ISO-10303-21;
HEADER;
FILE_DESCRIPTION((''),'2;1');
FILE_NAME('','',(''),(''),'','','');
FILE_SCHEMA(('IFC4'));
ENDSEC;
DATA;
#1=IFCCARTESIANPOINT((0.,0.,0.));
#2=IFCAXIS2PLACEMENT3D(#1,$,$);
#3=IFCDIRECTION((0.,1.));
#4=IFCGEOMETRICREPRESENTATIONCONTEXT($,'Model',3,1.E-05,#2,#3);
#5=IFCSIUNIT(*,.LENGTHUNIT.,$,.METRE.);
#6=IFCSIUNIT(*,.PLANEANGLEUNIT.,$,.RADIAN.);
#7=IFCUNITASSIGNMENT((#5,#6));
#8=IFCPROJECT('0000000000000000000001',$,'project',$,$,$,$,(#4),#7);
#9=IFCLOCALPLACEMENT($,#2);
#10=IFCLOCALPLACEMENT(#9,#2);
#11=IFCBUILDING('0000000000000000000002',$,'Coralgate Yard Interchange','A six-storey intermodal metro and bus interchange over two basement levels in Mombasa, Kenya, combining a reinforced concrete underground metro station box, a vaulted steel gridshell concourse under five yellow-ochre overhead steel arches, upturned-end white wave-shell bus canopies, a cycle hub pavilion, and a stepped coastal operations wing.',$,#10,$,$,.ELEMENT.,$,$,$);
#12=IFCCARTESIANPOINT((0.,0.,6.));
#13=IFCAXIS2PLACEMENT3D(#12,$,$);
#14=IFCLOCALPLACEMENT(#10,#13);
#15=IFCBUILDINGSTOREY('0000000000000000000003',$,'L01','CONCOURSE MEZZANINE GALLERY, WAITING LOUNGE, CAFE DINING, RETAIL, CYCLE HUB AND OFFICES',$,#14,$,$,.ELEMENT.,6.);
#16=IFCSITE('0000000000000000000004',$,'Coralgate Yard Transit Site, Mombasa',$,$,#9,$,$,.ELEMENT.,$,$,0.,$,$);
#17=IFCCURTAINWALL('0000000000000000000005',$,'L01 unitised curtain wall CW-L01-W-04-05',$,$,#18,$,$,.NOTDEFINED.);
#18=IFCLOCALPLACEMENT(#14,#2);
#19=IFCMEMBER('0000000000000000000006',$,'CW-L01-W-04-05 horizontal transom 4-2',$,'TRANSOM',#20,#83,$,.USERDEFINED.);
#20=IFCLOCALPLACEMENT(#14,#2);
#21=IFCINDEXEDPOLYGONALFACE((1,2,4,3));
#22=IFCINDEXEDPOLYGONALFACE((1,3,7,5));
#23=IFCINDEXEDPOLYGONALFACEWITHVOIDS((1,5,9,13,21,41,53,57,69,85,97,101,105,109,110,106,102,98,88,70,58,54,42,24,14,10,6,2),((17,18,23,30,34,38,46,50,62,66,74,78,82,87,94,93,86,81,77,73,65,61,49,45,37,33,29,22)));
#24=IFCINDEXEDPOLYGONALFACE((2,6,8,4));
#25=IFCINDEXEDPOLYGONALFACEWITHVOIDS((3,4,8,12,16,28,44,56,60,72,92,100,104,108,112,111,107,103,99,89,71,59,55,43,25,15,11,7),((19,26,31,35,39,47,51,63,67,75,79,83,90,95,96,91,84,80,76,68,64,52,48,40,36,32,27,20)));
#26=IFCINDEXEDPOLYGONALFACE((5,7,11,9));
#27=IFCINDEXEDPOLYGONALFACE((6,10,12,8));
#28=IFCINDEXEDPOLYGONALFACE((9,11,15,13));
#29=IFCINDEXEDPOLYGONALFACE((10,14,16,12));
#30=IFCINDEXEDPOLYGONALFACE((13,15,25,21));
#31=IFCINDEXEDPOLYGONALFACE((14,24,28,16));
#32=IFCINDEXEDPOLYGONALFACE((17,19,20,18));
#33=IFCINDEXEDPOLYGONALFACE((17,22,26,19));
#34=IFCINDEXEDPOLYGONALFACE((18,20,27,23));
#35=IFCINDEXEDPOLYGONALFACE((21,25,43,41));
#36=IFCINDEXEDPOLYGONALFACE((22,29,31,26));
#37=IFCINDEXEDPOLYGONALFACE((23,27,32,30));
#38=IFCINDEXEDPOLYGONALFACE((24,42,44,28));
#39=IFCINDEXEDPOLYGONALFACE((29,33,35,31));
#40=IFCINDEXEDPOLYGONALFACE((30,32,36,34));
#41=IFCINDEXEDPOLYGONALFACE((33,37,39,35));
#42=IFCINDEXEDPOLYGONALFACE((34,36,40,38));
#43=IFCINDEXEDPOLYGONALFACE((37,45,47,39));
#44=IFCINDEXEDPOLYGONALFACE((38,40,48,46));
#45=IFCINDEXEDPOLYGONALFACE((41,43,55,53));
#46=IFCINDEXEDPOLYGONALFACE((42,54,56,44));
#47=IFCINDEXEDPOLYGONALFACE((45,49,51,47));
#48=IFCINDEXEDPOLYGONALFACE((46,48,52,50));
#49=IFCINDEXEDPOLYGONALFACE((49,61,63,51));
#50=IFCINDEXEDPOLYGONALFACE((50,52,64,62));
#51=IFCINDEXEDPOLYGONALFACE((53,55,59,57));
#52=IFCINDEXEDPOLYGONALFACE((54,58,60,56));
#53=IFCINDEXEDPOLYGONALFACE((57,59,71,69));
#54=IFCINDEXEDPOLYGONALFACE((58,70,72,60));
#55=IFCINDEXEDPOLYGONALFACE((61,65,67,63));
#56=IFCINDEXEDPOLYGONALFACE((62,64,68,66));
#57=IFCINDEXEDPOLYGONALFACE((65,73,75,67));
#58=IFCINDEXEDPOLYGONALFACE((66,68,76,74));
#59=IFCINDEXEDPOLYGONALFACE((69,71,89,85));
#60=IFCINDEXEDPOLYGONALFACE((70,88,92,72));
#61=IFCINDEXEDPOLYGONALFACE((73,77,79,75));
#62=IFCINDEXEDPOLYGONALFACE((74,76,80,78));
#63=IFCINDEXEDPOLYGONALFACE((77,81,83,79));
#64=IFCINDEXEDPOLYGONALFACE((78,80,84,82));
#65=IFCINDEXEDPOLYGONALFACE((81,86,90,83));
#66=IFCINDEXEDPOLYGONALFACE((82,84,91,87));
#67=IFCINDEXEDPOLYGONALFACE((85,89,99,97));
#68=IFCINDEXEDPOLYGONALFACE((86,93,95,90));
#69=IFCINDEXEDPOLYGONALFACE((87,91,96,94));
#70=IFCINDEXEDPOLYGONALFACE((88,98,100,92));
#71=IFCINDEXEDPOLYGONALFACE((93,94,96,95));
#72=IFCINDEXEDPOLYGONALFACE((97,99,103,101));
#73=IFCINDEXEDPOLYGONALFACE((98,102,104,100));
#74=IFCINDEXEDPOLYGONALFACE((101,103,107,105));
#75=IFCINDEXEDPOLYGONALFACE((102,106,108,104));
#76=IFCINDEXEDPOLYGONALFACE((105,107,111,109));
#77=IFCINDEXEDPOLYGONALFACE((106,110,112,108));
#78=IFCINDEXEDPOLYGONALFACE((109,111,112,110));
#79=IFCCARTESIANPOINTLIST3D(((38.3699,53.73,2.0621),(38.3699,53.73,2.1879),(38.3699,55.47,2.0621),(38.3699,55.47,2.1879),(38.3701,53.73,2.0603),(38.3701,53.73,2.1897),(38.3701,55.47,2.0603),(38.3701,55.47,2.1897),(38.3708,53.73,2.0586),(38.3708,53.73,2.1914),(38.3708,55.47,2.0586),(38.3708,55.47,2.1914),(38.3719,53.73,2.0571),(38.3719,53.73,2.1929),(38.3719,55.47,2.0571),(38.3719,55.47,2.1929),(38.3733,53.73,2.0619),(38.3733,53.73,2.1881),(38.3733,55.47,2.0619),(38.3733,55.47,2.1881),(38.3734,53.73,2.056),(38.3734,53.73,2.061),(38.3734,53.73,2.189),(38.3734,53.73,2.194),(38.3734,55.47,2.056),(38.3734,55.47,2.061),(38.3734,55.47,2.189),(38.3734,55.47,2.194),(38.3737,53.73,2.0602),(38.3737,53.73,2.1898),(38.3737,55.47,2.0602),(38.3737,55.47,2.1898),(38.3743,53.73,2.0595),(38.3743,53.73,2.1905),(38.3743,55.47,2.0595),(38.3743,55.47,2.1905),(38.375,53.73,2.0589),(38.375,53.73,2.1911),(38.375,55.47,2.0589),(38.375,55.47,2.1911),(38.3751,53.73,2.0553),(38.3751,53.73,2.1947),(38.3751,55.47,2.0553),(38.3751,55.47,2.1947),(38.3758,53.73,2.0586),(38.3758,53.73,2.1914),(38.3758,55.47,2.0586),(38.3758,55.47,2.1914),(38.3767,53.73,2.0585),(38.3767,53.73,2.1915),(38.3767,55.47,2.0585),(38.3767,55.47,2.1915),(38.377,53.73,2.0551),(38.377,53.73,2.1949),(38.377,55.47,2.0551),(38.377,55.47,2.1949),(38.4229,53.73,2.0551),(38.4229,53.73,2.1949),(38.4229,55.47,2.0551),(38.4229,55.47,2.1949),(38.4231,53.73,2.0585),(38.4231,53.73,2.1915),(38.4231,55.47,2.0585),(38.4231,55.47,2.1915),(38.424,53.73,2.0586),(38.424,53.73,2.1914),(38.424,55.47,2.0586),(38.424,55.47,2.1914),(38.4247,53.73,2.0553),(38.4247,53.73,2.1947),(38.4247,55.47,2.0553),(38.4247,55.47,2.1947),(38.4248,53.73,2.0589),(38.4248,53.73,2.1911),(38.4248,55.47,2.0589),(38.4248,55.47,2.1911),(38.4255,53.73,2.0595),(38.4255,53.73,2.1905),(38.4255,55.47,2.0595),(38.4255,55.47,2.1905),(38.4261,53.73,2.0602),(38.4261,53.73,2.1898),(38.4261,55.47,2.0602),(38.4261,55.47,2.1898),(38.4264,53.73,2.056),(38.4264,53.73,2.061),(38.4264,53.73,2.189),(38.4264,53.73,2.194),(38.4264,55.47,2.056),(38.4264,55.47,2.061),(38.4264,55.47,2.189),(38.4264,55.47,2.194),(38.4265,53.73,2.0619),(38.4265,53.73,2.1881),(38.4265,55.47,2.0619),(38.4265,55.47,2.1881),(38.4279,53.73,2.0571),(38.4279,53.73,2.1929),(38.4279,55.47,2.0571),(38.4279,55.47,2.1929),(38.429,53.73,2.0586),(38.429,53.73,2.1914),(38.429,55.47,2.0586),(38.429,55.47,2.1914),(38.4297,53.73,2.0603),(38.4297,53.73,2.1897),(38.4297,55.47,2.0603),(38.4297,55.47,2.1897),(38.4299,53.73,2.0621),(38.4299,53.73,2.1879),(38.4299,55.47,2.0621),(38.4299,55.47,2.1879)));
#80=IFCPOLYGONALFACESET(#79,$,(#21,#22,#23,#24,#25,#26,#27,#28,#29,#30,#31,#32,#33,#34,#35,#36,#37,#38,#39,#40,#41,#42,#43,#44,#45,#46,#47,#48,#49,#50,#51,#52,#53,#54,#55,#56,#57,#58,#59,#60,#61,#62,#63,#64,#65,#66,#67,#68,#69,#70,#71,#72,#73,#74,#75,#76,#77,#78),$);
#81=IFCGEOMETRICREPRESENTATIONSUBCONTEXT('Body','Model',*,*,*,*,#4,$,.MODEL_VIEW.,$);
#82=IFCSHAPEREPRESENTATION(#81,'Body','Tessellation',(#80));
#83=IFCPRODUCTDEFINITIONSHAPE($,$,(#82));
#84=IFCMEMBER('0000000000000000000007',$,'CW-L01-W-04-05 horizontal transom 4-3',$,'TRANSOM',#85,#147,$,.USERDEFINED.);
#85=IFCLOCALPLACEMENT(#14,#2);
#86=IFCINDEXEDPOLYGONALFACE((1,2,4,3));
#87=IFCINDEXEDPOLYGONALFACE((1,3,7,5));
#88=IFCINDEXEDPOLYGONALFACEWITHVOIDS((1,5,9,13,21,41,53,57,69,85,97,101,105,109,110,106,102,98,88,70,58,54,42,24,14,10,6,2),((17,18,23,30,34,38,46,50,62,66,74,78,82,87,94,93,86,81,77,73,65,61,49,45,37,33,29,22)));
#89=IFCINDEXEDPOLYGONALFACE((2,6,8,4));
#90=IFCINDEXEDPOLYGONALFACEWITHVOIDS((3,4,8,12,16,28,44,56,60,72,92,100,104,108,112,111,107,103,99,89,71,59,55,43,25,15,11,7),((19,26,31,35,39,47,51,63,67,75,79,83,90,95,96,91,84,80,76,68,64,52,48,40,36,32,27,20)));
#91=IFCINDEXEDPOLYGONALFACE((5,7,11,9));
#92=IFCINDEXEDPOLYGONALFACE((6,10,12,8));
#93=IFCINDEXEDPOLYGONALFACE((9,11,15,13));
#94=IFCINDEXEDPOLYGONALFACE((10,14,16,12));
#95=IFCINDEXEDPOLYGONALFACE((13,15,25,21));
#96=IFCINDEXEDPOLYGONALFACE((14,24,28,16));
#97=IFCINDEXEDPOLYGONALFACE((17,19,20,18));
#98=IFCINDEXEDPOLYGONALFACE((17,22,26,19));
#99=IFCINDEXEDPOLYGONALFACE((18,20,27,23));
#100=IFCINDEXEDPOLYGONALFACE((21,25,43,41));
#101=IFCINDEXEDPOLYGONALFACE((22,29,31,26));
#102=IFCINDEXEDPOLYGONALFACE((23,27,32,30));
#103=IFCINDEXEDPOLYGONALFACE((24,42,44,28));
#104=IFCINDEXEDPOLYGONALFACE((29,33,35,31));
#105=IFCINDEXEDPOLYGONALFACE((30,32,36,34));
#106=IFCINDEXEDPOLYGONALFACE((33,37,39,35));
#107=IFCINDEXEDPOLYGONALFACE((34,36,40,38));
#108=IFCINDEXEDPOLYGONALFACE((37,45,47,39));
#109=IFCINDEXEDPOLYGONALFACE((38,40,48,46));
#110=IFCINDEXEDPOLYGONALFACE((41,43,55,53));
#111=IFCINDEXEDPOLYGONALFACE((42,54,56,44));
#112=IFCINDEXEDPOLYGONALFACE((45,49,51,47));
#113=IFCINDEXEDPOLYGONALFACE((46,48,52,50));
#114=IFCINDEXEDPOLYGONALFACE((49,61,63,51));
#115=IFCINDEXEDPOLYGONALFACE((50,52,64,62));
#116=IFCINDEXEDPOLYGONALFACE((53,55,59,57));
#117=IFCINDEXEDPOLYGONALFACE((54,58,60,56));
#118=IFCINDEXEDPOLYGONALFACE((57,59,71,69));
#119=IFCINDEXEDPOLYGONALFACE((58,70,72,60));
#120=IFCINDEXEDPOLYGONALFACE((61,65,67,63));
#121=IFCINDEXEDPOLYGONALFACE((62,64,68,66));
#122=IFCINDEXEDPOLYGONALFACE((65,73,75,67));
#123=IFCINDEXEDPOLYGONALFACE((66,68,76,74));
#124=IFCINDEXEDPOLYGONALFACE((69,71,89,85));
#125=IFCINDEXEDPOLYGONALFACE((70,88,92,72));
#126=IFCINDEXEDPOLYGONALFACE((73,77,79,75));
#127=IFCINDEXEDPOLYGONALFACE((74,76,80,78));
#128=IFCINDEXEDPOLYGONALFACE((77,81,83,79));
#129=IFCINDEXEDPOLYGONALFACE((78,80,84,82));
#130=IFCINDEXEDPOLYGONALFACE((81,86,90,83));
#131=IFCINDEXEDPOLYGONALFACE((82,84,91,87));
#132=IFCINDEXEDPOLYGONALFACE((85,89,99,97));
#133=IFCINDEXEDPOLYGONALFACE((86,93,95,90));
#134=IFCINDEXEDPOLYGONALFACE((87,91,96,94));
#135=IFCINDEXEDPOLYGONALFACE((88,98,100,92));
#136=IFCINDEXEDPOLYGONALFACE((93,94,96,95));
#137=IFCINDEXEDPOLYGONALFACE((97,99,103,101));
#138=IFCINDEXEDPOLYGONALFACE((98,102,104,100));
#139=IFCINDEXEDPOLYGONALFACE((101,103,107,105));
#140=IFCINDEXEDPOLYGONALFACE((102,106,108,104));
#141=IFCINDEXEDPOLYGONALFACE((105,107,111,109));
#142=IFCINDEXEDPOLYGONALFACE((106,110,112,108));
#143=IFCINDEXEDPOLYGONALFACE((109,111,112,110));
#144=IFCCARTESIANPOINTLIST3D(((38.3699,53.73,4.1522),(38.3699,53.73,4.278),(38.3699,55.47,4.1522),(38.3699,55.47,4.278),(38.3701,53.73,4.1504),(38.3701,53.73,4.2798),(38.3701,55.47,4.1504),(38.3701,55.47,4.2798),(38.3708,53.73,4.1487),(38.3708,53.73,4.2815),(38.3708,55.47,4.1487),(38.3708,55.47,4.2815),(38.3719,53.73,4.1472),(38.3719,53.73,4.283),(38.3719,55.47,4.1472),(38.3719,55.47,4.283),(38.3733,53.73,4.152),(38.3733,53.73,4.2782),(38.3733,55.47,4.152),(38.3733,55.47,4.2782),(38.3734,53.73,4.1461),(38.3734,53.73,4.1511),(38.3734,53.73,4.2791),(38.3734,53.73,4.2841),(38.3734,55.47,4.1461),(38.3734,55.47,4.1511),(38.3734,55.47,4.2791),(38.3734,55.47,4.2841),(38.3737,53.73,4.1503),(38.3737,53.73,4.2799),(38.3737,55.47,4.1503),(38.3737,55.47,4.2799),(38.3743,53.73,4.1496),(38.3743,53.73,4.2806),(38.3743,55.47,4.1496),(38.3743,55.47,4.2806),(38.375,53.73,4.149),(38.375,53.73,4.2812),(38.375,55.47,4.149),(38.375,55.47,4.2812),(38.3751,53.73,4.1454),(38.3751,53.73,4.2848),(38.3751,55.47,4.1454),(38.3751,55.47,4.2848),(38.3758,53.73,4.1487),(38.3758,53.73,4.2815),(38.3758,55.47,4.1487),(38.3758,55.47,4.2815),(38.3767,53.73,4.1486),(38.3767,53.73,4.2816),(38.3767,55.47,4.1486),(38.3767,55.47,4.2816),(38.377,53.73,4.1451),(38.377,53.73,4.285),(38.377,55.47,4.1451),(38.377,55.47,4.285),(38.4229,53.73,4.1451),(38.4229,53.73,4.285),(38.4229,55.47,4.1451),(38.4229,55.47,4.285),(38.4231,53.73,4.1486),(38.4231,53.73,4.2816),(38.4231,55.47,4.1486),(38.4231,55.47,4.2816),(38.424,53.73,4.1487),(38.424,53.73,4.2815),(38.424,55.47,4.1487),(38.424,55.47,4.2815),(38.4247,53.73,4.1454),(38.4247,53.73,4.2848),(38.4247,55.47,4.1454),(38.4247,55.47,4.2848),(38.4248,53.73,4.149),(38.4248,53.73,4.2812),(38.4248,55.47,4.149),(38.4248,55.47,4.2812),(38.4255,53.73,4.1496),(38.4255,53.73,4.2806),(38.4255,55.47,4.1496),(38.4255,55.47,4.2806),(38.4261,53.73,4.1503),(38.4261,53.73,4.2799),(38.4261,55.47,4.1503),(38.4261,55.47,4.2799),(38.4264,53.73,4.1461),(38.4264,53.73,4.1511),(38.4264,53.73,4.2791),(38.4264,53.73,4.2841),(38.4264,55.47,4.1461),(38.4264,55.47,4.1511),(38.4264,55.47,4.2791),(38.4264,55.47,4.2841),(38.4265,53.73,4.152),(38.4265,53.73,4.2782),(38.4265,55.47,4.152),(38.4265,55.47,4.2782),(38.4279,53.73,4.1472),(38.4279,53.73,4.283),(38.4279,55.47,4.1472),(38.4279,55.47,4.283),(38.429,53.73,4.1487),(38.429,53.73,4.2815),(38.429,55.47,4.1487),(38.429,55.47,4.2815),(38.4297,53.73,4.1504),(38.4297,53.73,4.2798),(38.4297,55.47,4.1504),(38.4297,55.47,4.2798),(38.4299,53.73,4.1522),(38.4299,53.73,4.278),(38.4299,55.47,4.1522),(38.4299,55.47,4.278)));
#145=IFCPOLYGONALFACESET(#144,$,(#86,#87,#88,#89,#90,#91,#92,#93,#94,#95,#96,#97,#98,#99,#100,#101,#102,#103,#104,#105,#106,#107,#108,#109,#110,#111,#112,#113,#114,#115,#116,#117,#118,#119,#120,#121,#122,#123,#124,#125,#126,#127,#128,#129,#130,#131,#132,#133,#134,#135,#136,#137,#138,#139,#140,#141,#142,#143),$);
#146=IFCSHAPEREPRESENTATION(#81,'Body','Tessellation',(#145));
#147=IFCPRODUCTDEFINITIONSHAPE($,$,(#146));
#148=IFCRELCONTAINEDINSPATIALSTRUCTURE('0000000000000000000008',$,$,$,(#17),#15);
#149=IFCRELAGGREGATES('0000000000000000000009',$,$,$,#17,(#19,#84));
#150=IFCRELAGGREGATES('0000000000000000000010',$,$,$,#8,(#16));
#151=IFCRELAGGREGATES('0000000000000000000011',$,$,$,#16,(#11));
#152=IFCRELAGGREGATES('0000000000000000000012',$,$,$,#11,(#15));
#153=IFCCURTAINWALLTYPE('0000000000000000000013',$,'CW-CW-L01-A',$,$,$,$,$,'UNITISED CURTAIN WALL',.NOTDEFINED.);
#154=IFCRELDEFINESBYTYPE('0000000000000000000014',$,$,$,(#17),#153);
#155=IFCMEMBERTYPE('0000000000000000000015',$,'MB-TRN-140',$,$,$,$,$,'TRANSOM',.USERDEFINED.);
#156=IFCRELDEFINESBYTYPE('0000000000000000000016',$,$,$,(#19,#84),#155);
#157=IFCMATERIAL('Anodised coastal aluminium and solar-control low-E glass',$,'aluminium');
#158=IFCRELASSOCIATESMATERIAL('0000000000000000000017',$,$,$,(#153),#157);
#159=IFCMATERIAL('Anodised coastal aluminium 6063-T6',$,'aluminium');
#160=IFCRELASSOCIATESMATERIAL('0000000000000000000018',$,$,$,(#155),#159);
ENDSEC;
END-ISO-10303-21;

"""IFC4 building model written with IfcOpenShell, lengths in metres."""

from ifc_helpers import new_model, si_unit, direction, frame, origin, origin_2d, place, context, subcontext, project, spatial, hollow_rectangle, extrude, material, material_profile, profile_set, type_object, element, aggregate, save


model = new_model("IFC4")

# Units and contexts
model_context = context("Model", 3, precision=1e-05, world=origin(), true_north=direction((0.0, 1.0)))
body_context = subcontext(model_context, "Body", "Model", "MODEL_VIEW")
ifc_project = project(units=[si_unit("LENGTHUNIT", "METRE"), si_unit("PLANEANGLEUNIT", "RADIAN")], contexts=[model_context])

# Site, building, storey
site_placement = place(None, origin())
site = spatial("IfcSite", under=ifc_project, at=site_placement, Name="Coralgate Yard Transit Site, Mombasa", CompositionType="ELEMENT", RefElevation=0.0)
building_placement = place(site_placement, origin())
building = spatial("IfcBuilding", under=site, at=building_placement, Name="Coralgate Yard Interchange", Description="A six-storey intermodal metro and bus interchange over two basement levels in Mombasa, Kenya, combining a reinforced concrete underground metro station box, a vaulted steel gridshell concourse under five yellow-ochre overhead steel arches, upturned-end white wave-shell bus canopies, a cycle hub pavilion, and a stepped coastal operations wing.", CompositionType="ELEMENT")
storey_placement = place(building_placement, frame((0.0, 0.0, 6.0)))
storey = spatial("IfcBuildingStorey", under=building, at=storey_placement, Name="L01", Description="CONCOURSE MEZZANINE GALLERY, WAITING LOUNGE, CAFE DINING, RETAIL, CYCLE HUB AND OFFICES", CompositionType="ELEMENT", Elevation=6.0)

# Curtain wall
ifc_material_1 = material(Name="Anodised coastal aluminium and solar-control low-E glass", Category="aluminium")
curtain_wall_type_1 = type_object("IfcCurtainWallType", Name="CW-CW-L01-A", ElementType="UNITISED CURTAIN WALL", PredefinedType="NOTDEFINED", material=ifc_material_1)
curtain_wall_1_placement = place(storey_placement, origin())
curtain_wall_1 = element("IfcCurtainWall", 1, at=curtain_wall_1_placement, inside=storey, type_object=curtain_wall_type_1, Name="L01 unitised curtain wall CW-L01-W-04-05", PredefinedType="NOTDEFINED")
ifc_material_2 = material(Name="Anodised coastal aluminium 6063-T6", Category="aluminium")

# Members
ifc_material_profile_1 = material_profile(ifc_material_2, hollow_rectangle(XDim=0.0601, YDim=0.1399, WallThickness=0.0034, InnerFilletRadius=0.0034, OuterFilletRadius=0.0071, at=origin_2d()), Name="ALU 60x140x3.5")
ifc_profile_set_1 = profile_set([ifc_material_profile_1], Name="Anodised coastal aluminium 6063-T6")
member_type_1 = type_object("IfcMemberType", Name="MB-TRN-140", ElementType="TRANSOM", PredefinedType="USERDEFINED", material=ifc_profile_set_1)
member_1_placement = place(storey_placement, frame((38.3999, 53.73, 2.125), z_axis=(0.0, 1.0, 0.0), x_axis=(-1.0, 0.0, 0.0)))
member_1 = element("IfcMember", 2, at=member_1_placement, type_object=member_type_1, Name="CW-L01-W-04-05 horizontal transom 4-2", ObjectType="TRANSOM", PredefinedType="USERDEFINED", context=body_context, shape_type="SweptSolid", body=[
    extrude(hollow_rectangle(XDim=0.0601, YDim=0.1399, WallThickness=0.0034, InnerFilletRadius=0.0034, OuterFilletRadius=0.0071, at=origin_2d()), origin(), (0.0, 0.0, 1.0), 1.74),
])
member_2_placement = place(storey_placement, frame((38.3999, 53.73, 4.2151), z_axis=(0.0, 1.0, 0.0), x_axis=(-1.0, 0.0, 0.0)))
member_2 = element("IfcMember", 3, at=member_2_placement, type_object=member_type_1, Name="CW-L01-W-04-05 horizontal transom 4-3", ObjectType="TRANSOM", PredefinedType="USERDEFINED", context=body_context, shape_type="SweptSolid", body=[
    extrude(hollow_rectangle(XDim=0.0601, YDim=0.1399, WallThickness=0.0034, InnerFilletRadius=0.0034, OuterFilletRadius=0.0071, at=origin_2d()), origin(), (0.0, 0.0, 1.0), 1.74),
])

aggregate(curtain_wall_1, [member_1, member_2])

save(model, "model.ifc")
